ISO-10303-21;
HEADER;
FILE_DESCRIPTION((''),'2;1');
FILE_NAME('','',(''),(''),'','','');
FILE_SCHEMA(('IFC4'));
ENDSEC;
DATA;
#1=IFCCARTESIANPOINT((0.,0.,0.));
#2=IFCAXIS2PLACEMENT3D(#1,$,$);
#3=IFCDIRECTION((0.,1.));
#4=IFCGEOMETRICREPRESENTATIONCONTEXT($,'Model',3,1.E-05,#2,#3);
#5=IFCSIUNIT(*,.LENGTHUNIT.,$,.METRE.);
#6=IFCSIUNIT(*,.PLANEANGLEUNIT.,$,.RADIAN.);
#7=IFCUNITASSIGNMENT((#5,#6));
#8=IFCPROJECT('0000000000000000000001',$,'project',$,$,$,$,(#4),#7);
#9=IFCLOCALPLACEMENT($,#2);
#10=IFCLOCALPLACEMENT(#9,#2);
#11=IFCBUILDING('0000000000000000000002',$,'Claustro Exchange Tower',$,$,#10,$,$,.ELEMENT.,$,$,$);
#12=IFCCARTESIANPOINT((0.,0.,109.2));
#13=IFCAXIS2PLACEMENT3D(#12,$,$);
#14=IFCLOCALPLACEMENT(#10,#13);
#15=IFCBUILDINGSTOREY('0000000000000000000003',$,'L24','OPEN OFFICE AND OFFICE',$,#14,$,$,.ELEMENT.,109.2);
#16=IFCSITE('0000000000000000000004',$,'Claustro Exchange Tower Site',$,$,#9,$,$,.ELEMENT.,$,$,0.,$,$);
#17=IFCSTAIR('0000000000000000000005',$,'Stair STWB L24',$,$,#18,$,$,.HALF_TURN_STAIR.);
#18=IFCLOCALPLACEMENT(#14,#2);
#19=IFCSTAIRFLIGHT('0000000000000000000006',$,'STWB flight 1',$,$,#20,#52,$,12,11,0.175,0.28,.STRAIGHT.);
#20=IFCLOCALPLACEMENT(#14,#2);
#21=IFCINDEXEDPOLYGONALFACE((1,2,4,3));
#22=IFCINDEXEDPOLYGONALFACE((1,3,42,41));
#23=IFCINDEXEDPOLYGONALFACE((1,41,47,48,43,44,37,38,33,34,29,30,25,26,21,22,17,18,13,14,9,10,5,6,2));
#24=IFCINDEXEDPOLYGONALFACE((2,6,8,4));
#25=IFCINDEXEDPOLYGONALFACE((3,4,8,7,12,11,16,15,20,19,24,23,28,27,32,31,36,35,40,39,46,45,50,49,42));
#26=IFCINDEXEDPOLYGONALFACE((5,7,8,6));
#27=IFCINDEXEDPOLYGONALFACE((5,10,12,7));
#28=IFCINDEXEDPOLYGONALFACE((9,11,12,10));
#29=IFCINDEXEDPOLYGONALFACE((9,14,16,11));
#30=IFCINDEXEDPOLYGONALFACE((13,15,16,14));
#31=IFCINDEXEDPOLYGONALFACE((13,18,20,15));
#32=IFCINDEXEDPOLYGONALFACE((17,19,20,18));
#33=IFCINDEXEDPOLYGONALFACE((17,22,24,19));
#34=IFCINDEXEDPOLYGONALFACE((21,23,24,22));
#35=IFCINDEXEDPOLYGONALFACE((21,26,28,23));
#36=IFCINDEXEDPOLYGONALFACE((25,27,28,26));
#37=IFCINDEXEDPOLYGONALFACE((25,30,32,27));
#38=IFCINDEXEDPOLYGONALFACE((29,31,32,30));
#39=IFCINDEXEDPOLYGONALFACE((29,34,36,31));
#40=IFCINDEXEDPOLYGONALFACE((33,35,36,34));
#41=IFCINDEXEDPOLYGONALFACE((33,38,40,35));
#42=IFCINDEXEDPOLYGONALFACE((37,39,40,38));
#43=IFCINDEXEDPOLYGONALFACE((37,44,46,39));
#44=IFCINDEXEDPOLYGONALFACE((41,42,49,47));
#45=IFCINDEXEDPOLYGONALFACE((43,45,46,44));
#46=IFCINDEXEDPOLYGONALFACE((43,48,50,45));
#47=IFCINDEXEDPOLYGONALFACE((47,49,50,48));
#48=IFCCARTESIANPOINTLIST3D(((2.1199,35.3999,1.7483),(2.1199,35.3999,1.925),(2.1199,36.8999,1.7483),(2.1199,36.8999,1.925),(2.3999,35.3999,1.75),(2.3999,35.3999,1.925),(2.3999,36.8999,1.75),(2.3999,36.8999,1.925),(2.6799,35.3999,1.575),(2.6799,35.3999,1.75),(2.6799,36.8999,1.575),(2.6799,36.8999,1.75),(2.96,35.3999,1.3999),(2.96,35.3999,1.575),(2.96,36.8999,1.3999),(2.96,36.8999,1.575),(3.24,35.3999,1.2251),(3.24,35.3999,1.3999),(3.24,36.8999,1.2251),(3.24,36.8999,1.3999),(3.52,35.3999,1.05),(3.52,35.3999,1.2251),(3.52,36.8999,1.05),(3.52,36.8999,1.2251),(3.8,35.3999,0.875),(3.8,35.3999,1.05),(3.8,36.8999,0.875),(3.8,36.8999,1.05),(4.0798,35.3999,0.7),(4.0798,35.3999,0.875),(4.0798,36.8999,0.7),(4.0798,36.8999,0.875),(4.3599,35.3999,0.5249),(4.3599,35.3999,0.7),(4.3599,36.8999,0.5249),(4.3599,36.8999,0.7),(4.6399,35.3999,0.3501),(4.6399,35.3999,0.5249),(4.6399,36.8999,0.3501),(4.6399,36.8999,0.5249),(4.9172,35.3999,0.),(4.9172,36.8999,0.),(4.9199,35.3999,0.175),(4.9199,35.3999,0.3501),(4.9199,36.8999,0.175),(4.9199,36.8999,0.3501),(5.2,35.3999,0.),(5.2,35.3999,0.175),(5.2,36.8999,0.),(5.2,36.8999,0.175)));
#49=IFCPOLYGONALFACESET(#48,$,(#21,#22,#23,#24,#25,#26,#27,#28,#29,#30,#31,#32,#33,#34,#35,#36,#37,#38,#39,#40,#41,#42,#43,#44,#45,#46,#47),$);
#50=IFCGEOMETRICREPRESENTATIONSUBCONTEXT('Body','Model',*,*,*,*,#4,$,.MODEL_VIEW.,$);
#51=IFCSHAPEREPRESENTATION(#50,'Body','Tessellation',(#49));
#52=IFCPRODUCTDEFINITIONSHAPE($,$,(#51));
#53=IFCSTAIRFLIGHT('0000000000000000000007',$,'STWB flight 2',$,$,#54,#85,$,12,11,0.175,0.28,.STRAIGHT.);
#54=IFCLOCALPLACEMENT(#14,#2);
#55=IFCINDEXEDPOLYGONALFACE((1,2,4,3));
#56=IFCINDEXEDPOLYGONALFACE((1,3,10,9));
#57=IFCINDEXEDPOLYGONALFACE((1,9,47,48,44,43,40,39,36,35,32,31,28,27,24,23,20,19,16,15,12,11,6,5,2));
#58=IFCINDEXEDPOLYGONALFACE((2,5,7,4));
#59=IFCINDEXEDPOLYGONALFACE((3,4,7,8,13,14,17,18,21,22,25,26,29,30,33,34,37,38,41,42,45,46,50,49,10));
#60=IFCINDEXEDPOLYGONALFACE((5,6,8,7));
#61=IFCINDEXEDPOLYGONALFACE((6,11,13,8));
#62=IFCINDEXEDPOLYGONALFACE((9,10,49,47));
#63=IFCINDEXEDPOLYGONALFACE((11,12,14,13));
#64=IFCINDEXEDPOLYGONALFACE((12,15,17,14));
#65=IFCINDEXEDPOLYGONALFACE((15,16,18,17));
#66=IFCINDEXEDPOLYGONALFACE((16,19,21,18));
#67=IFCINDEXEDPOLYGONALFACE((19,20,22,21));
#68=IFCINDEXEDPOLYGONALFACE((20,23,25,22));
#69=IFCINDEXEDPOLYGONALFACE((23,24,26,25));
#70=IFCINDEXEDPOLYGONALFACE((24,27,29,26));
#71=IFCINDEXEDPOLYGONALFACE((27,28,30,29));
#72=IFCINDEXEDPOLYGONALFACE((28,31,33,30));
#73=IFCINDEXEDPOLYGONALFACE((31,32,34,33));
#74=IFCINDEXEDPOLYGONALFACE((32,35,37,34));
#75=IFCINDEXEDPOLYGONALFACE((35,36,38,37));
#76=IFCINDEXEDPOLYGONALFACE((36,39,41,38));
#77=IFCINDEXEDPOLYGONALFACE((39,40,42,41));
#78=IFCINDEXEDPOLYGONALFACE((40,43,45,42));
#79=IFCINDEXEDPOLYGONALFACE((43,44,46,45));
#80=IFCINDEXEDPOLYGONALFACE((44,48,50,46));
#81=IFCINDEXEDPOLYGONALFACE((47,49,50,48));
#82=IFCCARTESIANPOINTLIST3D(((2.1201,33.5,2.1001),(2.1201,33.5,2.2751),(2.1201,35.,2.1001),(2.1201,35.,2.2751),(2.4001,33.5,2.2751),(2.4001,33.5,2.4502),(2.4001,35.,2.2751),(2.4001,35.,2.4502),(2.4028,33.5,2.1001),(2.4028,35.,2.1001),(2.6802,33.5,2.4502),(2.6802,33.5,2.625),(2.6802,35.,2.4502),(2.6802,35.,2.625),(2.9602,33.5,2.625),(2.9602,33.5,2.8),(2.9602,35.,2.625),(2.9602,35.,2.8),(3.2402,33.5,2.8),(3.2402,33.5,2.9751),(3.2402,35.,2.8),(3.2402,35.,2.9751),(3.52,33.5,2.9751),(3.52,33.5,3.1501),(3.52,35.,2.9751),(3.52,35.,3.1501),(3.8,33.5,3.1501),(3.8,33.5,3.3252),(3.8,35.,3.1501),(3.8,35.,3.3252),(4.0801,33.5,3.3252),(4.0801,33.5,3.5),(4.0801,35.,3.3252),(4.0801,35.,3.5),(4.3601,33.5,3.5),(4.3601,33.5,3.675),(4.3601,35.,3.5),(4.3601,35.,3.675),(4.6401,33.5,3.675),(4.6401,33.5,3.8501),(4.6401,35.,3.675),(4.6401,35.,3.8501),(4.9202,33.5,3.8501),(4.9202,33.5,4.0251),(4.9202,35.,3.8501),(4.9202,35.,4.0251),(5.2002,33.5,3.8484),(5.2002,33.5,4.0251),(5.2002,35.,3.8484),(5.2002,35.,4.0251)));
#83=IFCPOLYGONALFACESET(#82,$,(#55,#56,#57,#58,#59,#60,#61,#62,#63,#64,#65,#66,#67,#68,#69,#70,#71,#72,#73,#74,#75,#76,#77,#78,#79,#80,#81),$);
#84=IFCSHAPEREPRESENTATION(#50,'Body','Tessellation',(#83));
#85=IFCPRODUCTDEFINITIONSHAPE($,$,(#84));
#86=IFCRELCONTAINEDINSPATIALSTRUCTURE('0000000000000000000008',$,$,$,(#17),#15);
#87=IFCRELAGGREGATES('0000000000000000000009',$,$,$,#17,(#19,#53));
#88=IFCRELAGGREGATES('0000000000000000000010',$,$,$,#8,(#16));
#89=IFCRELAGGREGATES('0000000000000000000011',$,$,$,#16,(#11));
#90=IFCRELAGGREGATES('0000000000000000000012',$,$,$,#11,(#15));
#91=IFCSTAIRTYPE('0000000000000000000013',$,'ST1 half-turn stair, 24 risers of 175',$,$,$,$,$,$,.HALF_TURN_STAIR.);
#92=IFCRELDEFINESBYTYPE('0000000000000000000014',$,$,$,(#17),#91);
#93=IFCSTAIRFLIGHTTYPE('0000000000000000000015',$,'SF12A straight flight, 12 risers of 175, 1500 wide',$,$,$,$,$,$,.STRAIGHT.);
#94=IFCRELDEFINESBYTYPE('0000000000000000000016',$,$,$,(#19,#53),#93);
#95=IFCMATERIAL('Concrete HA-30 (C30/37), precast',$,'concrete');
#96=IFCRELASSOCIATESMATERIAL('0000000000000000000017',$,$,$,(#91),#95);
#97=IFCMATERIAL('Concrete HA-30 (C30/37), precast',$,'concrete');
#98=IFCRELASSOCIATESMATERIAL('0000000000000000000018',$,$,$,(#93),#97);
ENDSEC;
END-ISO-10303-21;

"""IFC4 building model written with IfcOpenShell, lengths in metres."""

from ifc_helpers import new_model, si_unit, direction, frame, origin, place, context, subcontext, project, spatial, polyline, outline, extrude, material, type_object, element, aggregate, save


model = new_model("IFC4")

# Units and contexts
model_context = context("Model", 3, precision=1e-05, world=origin(), true_north=direction((0.0, 1.0)))
body_context = subcontext(model_context, "Body", "Model", "MODEL_VIEW")
ifc_project = project(units=[si_unit("LENGTHUNIT", "METRE"), si_unit("PLANEANGLEUNIT", "RADIAN")], contexts=[model_context])

# Site, building, storey
site_placement = place(None, origin())
site = spatial("IfcSite", under=ifc_project, at=site_placement, Name="Claustro Exchange Tower Site", CompositionType="ELEMENT", RefElevation=0.0)
building_placement = place(site_placement, origin())
building = spatial("IfcBuilding", under=site, at=building_placement, Name="Claustro Exchange Tower", CompositionType="ELEMENT")
storey_placement = place(building_placement, frame((0.0, 0.0, 109.2)))
storey = spatial("IfcBuildingStorey", under=building, at=storey_placement, Name="L24", Description="OPEN OFFICE AND OFFICE", CompositionType="ELEMENT", Elevation=109.2)

# Stair, stair flights
ifc_material_1 = material(Name="Concrete HA-30 (C30/37), precast", Category="concrete")
stair_type = type_object("IfcStairType", Name="ST1 half-turn stair, 24 risers of 175", PredefinedType="HALF_TURN_STAIR", material=ifc_material_1)
stair_placement = place(storey_placement, origin())
stair = element("IfcStair", 1, at=stair_placement, inside=storey, type_object=stair_type, Name="Stair STWB L24", PredefinedType="HALF_TURN_STAIR")
ifc_material_2 = material(Name="Concrete HA-30 (C30/37), precast", Category="concrete")
stair_flight_type = type_object("IfcStairFlightType", Name="SF12A straight flight, 12 risers of 175, 1500 wide", PredefinedType="STRAIGHT", material=ifc_material_2)
stair_flight_1_placement = place(storey_placement, frame((5.2, 36.1499, 0.0), z_axis=(0.0, 0.0, 1.0), x_axis=(-1.0, 0.0, 0.0)))
stair_flight_1 = element("IfcStairFlight", 2, at=stair_flight_1_placement, type_object=stair_flight_type, Name="STWB flight 1", NumberOfRisers=12, NumberOfTreads=11, PredefinedType="STRAIGHT", RiserHeight=0.175, TreadLength=0.28, context=body_context, shape_type="SweptSolid", body=[
    extrude(outline(polyline([(0.0, 0.0), (0.0, 0.175), (0.28, 0.175), (0.28, 0.3501), (0.5601, 0.3501), (0.5601, 0.5249), (0.8401, 0.5249), (0.8401, 0.7), (1.1201, 0.7), (1.1201, 0.875), (1.3999, 0.875), (1.3999, 1.05), (1.6799, 1.05), (1.6799, 1.2251), (1.96, 1.2251), (1.96, 1.3999), (2.24, 1.3999), (2.24, 1.575), (2.52, 1.575), (2.52, 1.75), (2.8, 1.75), (2.8, 1.925), (3.0801, 1.925), (3.0801, 2.1001), (3.0801, 1.7483), (0.2827, 0.0), (0.0, 0.0)])), frame((0.0, 0.75, 0.0), z_axis=(0.0, -1.0, 0.0), x_axis=(1.0, 0.0, 0.0)), (0.0, 0.0, 1.0), 1.5),
])
stair_flight_2_placement = place(storey_placement, frame((2.1201, 34.25, 2.1001), z_axis=(0.0, 0.0, 1.0), x_axis=(1.0, 0.0, 0.0)))
stair_flight_2 = element("IfcStairFlight", 3, at=stair_flight_2_placement, type_object=stair_flight_type, Name="STWB flight 2", NumberOfRisers=12, NumberOfTreads=11, PredefinedType="STRAIGHT", RiserHeight=0.175, TreadLength=0.28, context=body_context, shape_type="SweptSolid", body=[
    extrude(outline(polyline([(0.0, 0.0), (0.0, 0.175), (0.28, 0.175), (0.28, 0.3501), (0.5601, 0.3501), (0.5601, 0.5249), (0.8401, 0.5249), (0.8401, 0.7), (1.1201, 0.7), (1.1201, 0.875), (1.3999, 0.875), (1.3999, 1.05), (1.6799, 1.05), (1.6799, 1.2251), (1.96, 1.2251), (1.96, 1.3999), (2.24, 1.3999), (2.24, 1.575), (2.52, 1.575), (2.52, 1.75), (2.8, 1.75), (2.8, 1.925), (3.0801, 1.925), (3.0801, 2.1001), (3.0801, 1.7483), (0.2827, 0.0), (0.0, 0.0)])), frame((0.0, 0.75, 0.0), z_axis=(0.0, -1.0, 0.0), x_axis=(1.0, 0.0, 0.0)), (0.0, 0.0, 1.0), 1.5),
])
aggregate(stair, [stair_flight_1, stair_flight_2])

save(model, "model.ifc")
